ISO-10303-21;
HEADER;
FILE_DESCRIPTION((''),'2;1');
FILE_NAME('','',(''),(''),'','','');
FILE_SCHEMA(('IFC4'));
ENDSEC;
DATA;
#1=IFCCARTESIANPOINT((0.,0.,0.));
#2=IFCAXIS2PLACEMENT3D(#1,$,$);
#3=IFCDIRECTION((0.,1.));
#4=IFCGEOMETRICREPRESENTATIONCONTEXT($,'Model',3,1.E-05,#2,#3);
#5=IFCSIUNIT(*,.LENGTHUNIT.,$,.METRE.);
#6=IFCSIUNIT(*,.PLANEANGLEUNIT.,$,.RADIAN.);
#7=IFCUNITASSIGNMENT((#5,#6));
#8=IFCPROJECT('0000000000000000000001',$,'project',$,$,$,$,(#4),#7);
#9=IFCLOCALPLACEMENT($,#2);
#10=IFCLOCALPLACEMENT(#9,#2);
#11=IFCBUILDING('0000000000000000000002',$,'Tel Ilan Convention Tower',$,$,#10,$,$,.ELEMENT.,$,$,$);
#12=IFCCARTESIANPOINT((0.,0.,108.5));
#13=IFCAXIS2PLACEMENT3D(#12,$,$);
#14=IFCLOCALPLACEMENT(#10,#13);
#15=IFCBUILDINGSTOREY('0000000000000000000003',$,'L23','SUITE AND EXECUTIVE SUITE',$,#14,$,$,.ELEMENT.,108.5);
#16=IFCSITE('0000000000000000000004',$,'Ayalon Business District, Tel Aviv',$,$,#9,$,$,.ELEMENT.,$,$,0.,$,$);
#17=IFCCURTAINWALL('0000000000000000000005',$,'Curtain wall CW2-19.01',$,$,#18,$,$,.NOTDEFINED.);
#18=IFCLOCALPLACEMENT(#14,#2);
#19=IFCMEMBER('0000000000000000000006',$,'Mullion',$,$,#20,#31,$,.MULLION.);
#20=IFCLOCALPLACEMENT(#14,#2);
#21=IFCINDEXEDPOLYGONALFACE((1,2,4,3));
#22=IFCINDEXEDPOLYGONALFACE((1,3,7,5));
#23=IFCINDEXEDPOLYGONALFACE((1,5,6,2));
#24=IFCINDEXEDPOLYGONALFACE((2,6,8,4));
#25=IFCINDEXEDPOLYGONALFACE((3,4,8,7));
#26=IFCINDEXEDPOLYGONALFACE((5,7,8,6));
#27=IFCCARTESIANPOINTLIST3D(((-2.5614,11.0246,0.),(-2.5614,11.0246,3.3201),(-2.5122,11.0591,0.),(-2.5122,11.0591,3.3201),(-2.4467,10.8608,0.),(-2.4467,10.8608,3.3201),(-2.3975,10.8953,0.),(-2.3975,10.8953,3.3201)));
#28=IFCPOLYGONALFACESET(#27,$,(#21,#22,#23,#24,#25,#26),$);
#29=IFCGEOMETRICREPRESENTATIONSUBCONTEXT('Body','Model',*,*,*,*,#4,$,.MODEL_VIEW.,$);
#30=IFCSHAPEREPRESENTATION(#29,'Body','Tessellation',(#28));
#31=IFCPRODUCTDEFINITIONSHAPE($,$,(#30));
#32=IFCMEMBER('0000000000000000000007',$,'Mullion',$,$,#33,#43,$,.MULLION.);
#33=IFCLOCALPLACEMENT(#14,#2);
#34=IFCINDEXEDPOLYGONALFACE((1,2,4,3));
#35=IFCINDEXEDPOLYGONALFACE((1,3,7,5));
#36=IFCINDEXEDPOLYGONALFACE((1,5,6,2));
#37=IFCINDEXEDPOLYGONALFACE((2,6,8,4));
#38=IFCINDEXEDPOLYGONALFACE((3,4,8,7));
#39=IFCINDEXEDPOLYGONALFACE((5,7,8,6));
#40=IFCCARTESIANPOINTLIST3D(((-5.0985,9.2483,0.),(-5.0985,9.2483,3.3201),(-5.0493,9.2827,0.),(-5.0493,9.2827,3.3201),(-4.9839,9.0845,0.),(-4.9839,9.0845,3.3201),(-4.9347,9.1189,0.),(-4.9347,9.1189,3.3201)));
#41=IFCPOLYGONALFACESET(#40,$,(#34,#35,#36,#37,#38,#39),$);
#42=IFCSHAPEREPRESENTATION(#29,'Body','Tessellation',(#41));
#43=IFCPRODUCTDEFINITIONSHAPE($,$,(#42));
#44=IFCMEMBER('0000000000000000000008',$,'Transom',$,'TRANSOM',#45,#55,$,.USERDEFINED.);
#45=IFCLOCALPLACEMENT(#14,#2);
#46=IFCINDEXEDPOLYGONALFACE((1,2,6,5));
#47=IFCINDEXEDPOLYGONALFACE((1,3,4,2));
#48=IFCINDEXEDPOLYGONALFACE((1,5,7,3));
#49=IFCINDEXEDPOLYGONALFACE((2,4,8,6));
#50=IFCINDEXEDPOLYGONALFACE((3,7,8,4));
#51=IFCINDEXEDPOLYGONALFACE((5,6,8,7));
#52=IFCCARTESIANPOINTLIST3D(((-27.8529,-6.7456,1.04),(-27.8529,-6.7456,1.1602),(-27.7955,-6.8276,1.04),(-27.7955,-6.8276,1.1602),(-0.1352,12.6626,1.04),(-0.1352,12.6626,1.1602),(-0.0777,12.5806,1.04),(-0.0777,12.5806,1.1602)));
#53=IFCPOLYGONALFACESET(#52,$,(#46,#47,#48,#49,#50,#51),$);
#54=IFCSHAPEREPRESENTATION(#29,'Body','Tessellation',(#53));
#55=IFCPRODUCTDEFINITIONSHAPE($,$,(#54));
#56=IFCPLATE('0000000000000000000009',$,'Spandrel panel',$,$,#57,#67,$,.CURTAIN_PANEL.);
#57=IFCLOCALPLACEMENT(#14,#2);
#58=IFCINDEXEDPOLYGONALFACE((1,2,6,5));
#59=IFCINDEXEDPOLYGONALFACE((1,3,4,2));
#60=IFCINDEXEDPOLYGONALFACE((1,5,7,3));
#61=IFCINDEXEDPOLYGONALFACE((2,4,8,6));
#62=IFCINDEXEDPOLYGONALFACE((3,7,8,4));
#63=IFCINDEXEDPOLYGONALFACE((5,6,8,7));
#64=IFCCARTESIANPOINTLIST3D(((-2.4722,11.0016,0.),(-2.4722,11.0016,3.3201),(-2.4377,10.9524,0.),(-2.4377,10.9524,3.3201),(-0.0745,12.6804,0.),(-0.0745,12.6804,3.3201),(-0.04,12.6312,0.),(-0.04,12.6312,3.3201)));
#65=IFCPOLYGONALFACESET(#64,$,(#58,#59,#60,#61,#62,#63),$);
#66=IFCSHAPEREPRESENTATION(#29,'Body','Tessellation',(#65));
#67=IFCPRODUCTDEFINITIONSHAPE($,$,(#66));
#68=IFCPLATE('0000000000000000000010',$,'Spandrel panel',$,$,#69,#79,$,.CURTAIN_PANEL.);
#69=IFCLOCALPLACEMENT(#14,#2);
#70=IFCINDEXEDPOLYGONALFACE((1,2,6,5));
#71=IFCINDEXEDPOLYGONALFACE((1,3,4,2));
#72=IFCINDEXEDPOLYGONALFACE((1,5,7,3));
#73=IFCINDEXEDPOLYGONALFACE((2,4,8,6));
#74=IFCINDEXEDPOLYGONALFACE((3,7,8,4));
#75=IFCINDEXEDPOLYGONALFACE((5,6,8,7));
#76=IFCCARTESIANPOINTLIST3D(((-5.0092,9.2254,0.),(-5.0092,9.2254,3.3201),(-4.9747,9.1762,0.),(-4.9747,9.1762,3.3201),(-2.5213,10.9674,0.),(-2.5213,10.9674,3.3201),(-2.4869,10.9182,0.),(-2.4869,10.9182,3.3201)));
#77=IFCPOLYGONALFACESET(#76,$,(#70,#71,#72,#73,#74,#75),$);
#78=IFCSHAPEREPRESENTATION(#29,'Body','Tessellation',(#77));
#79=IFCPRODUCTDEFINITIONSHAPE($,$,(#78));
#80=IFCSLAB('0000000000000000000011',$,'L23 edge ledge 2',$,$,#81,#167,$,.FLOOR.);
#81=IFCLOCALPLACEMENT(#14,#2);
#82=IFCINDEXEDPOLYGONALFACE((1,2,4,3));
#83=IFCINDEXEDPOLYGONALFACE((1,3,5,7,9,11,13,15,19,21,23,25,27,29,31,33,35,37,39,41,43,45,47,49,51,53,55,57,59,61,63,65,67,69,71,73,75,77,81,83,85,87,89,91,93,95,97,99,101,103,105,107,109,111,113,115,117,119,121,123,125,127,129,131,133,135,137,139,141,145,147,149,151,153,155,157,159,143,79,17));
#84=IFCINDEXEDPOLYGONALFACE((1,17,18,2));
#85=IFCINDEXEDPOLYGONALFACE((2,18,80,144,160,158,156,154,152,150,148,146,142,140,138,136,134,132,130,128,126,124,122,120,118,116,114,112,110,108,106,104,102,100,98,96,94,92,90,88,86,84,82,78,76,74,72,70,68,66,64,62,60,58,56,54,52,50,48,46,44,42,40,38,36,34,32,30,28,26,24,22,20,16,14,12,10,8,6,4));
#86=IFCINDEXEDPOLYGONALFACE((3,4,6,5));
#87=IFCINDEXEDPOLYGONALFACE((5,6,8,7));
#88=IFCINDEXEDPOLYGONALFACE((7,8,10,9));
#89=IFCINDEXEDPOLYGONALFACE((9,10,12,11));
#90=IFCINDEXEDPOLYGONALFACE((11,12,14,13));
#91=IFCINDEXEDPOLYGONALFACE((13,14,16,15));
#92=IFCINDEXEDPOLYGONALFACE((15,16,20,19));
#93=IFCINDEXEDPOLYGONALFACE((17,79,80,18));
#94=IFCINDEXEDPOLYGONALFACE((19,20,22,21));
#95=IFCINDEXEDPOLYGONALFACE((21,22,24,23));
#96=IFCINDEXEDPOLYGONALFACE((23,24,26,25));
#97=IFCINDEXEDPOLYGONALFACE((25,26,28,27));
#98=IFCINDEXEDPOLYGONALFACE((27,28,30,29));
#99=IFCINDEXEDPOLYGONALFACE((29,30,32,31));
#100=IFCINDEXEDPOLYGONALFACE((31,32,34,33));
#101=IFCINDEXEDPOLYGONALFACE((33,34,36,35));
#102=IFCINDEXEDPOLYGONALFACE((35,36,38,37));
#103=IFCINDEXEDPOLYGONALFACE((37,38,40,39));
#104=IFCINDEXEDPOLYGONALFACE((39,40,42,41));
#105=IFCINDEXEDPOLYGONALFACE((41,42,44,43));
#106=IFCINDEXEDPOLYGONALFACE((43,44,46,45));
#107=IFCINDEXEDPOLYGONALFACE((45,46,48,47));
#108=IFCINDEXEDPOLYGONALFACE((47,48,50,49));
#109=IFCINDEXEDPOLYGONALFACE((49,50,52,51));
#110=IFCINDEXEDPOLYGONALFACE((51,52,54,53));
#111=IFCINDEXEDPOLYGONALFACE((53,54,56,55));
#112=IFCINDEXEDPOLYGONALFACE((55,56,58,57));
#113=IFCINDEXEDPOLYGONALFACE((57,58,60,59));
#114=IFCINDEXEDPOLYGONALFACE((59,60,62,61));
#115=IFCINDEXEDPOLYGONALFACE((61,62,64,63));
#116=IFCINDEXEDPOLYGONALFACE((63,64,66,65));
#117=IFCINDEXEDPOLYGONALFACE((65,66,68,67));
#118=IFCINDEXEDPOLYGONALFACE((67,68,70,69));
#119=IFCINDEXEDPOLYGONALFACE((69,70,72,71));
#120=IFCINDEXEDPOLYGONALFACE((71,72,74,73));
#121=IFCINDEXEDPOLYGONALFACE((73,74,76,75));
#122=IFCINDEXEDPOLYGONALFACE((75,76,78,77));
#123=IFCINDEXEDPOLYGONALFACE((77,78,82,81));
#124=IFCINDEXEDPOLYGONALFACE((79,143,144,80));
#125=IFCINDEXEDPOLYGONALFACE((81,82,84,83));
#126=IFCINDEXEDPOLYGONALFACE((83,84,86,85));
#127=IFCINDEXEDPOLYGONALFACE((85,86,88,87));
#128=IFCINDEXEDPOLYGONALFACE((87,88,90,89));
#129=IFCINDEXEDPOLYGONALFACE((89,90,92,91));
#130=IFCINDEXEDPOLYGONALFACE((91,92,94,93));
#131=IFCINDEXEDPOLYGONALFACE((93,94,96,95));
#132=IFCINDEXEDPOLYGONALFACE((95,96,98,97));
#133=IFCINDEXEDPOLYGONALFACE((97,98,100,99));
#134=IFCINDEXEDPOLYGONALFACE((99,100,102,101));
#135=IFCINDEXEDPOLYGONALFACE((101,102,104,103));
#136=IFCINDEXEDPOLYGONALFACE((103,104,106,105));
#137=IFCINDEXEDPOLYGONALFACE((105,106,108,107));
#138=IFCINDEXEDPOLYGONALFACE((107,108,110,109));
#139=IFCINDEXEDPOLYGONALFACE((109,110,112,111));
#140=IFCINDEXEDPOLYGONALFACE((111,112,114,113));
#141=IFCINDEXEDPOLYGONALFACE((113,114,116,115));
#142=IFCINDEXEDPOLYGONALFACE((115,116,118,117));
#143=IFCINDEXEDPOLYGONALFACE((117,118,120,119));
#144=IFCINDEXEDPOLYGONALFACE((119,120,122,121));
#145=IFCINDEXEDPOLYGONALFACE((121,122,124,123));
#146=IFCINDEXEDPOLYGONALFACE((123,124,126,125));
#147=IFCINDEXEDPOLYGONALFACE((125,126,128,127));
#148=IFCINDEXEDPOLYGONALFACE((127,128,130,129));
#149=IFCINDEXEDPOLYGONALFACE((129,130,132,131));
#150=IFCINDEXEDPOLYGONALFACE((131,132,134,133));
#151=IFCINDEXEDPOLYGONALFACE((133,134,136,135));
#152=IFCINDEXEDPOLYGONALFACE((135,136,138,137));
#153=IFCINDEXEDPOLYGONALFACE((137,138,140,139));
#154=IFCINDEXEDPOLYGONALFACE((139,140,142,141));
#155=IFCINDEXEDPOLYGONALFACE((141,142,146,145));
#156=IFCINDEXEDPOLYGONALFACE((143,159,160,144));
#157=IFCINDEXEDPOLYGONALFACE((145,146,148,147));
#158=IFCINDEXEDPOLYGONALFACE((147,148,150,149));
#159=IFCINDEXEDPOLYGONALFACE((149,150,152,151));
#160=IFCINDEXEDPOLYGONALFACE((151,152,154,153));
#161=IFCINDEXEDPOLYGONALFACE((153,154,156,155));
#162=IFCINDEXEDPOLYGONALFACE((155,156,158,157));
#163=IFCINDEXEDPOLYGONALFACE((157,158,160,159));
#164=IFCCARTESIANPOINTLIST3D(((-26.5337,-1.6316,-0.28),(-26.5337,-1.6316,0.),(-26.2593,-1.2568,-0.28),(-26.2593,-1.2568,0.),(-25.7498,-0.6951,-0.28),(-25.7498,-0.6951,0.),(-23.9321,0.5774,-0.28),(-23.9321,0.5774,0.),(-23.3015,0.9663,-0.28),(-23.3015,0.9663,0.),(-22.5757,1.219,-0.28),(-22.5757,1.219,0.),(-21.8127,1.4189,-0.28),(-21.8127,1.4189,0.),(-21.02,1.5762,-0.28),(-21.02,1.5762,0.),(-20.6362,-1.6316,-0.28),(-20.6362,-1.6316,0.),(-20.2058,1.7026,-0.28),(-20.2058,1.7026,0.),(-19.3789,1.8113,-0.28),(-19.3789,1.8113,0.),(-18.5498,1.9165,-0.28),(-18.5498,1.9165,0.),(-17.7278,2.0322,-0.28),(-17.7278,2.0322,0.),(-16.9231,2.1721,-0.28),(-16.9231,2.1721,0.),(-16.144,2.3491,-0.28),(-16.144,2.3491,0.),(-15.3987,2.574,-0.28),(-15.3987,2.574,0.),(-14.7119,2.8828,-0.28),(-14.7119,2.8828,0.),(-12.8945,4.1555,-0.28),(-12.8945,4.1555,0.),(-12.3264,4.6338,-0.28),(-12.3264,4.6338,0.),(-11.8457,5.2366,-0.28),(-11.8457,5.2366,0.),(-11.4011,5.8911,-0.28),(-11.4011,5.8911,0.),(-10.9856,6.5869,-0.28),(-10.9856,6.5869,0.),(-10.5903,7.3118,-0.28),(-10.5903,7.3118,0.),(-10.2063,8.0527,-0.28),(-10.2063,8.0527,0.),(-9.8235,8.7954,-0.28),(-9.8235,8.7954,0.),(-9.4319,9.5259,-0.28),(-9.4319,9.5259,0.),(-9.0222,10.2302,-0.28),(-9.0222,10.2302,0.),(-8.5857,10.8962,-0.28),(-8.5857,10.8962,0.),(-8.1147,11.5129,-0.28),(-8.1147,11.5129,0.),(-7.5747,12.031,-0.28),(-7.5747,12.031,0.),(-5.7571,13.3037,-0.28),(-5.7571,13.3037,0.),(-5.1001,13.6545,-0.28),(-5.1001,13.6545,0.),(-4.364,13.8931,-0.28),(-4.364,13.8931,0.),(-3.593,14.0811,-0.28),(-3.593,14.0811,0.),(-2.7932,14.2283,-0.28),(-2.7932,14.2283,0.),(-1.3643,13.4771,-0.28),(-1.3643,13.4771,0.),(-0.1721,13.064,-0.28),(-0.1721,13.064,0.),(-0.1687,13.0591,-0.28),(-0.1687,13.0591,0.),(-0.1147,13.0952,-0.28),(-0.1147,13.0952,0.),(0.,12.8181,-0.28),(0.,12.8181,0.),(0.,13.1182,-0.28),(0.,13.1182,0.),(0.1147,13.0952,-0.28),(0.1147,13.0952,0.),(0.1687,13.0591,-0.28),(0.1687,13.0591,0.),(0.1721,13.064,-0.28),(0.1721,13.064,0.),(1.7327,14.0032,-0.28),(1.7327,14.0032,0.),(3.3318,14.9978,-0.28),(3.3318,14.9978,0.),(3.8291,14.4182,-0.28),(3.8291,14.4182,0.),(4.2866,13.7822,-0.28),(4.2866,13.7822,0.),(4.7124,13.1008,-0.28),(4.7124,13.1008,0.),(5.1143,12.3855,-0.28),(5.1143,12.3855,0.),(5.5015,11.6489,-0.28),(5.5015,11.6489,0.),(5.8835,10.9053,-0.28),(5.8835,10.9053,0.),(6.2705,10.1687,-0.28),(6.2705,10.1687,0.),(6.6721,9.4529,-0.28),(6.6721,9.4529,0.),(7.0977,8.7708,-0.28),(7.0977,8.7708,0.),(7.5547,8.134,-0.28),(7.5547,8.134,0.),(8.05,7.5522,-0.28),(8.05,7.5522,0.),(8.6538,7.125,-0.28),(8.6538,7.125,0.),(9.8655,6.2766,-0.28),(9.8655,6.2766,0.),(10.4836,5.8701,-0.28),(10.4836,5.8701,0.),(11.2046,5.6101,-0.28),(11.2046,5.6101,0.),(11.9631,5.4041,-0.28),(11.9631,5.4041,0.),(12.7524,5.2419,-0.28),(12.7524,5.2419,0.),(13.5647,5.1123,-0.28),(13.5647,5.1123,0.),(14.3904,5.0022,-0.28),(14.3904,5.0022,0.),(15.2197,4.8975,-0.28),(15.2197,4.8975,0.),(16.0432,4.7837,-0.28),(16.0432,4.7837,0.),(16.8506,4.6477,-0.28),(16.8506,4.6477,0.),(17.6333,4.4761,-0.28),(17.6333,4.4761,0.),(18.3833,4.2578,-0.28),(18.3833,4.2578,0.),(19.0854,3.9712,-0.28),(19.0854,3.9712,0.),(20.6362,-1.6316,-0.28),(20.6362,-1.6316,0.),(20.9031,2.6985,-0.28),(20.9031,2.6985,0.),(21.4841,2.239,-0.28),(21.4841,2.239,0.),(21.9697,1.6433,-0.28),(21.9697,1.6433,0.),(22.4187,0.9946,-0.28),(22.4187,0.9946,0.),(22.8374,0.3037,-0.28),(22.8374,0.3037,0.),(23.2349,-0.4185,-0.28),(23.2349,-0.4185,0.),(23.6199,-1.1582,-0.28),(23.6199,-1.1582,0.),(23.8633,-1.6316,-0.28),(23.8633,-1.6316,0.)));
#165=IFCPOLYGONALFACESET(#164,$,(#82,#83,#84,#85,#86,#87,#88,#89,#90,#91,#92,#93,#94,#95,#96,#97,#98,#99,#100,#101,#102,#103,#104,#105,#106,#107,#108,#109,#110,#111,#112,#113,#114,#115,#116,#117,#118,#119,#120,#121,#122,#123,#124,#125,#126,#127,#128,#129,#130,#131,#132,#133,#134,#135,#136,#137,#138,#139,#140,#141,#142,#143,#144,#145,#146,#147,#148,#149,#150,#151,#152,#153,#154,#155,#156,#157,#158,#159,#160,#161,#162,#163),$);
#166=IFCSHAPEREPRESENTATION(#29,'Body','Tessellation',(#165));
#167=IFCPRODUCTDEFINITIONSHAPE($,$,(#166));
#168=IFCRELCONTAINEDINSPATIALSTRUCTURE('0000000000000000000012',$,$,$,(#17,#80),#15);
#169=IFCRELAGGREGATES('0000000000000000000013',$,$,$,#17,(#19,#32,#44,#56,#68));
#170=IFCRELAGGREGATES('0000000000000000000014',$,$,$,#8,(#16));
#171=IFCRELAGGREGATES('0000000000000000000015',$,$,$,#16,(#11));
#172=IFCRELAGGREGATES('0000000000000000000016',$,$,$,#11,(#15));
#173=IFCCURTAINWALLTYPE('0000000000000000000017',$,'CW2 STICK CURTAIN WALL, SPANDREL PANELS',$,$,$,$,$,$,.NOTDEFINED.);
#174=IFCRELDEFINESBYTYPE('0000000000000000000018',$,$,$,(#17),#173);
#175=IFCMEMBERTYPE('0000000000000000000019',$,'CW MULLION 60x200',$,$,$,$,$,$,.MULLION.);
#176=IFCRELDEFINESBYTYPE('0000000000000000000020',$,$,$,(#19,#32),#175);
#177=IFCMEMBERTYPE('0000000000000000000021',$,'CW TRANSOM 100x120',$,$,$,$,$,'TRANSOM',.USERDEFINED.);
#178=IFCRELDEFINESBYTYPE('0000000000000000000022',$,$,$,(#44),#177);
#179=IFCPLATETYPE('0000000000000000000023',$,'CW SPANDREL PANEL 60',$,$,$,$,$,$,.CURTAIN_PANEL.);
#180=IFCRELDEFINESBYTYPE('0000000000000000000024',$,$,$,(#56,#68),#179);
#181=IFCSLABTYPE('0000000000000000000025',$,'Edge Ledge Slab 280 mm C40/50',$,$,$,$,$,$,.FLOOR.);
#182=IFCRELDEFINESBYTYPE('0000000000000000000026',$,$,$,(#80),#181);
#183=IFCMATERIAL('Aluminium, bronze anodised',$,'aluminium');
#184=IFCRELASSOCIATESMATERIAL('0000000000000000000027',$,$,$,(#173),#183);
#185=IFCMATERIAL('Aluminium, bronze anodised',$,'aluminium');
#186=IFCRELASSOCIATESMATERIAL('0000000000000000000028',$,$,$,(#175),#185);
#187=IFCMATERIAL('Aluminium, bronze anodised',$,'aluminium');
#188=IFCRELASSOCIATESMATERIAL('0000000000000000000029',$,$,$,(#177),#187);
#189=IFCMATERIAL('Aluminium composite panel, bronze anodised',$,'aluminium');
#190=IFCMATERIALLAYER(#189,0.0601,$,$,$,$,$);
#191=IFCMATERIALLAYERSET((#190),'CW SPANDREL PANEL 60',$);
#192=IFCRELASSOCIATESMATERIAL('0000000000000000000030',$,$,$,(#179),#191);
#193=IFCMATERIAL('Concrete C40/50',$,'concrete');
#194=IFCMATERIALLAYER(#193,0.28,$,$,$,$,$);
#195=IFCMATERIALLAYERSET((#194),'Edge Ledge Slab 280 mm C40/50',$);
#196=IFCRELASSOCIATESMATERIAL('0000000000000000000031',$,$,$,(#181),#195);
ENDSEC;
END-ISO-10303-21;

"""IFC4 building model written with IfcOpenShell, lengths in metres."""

from ifc_helpers import new_model, si_unit, direction, frame, origin, origin_2d, place, context, subcontext, project, spatial, polyline, rectangle, outline, extrude, material, layer, layer_set, material_profile, profile_set, type_object, element, aggregate, save


model = new_model("IFC4")

# Units and contexts
model_context = context("Model", 3, precision=1e-05, world=origin(), true_north=direction((0.0, 1.0)))
body_context = subcontext(model_context, "Body", "Model", "MODEL_VIEW")
ifc_project = project(units=[si_unit("LENGTHUNIT", "METRE"), si_unit("PLANEANGLEUNIT", "RADIAN")], contexts=[model_context])

# Site, building, storey
site_placement = place(None, origin())
site = spatial("IfcSite", under=ifc_project, at=site_placement, Name="Ayalon Business District, Tel Aviv", CompositionType="ELEMENT", RefElevation=0.0)
building_placement = place(site_placement, origin())
building = spatial("IfcBuilding", under=site, at=building_placement, Name="Tel Ilan Convention Tower", CompositionType="ELEMENT")
storey_placement = place(building_placement, frame((0.0, 0.0, 108.5)))
storey = spatial("IfcBuildingStorey", under=building, at=storey_placement, Name="L23", Description="SUITE AND EXECUTIVE SUITE", CompositionType="ELEMENT", Elevation=108.5)

# Curtain wall, members, plates
ifc_material_1 = material(Name="Aluminium, bronze anodised", Category="aluminium")
curtain_wall_type = type_object("IfcCurtainWallType", Name="CW2 STICK CURTAIN WALL, SPANDREL PANELS", PredefinedType="NOTDEFINED", material=ifc_material_1)
curtain_wall_placement = place(storey_placement, origin())
curtain_wall = element("IfcCurtainWall", 1, at=curtain_wall_placement, inside=storey, type_object=curtain_wall_type, Name="Curtain wall CW2-19.01", PredefinedType="NOTDEFINED")
ifc_material_2 = material(Name="Aluminium, bronze anodised", Category="aluminium")
ifc_material_profile_1 = material_profile(ifc_material_2, rectangle(XDim=0.0601, YDim=0.2, at=origin_2d()), Name="CW MULLION 60x200")
ifc_profile_set_1 = profile_set([ifc_material_profile_1], Name="Aluminium, bronze anodised")
member_type_1 = type_object("IfcMemberType", Name="CW MULLION 60x200", PredefinedType="MULLION", material=ifc_profile_set_1)
member_1_placement = place(storey_placement, frame((-2.4795, 10.96, 0.0), z_axis=(0.0, 0.0, 1.0), x_axis=(-0.819152, -0.573576, 0.0)))
member_1 = element("IfcMember", 2, at=member_1_placement, type_object=member_type_1, Name="Mullion", PredefinedType="MULLION", context=body_context, shape_type="SweptSolid", body=[
    extrude(rectangle(XDim=0.0601, YDim=0.2, at=origin_2d()), origin(), (0.0, 0.0, 1.0), 3.3201),
])
member_2_placement = place(storey_placement, frame((-5.0166, 9.1836, 0.0), z_axis=(0.0, 0.0, 1.0), x_axis=(-0.819152, -0.573576, 0.0)))
member_2 = element("IfcMember", 3, at=member_2_placement, type_object=member_type_1, Name="Mullion", PredefinedType="MULLION", context=body_context, shape_type="SweptSolid", body=[
    extrude(rectangle(XDim=0.0601, YDim=0.2, at=origin_2d()), origin(), (0.0, 0.0, 1.0), 3.3201),
])
ifc_material_3 = material(Name="Aluminium, bronze anodised", Category="aluminium")
ifc_material_profile_2 = material_profile(ifc_material_3, rectangle(XDim=0.1001, YDim=0.1201, at=origin_2d()), Name="CW TRANSOM 100x120")
ifc_profile_set_2 = profile_set([ifc_material_profile_2], Name="Aluminium, bronze anodised")
member_type_2 = type_object("IfcMemberType", Name="CW TRANSOM 100x120", ElementType="TRANSOM", PredefinedType="USERDEFINED", material=ifc_profile_set_2)
member_3_placement = place(storey_placement, frame((-0.1064, 12.6216, 1.1001), z_axis=(-0.819152, -0.573577, 0.0), x_axis=(0.573577, -0.819152, 0.0)))
member_3 = element("IfcMember", 4, at=member_3_placement, type_object=member_type_2, Name="Transom", ObjectType="TRANSOM", PredefinedType="USERDEFINED", context=body_context, shape_type="SweptSolid", body=[
    extrude(rectangle(XDim=0.1001, YDim=0.1201, at=origin_2d()), origin(), (0.0, 0.0, 1.0), 33.8372),
])
ifc_material_4 = material(Name="Aluminium composite panel, bronze anodised", Category="aluminium")
ifc_layer_1 = layer(ifc_material_4, 0.0601)
ifc_layer_set_1 = layer_set([ifc_layer_1], Name="CW SPANDREL PANEL 60")
plate_type = type_object("IfcPlateType", Name="CW SPANDREL PANEL 60", PredefinedType="CURTAIN_PANEL", material=ifc_layer_set_1)
plate_1_placement = place(storey_placement, frame((-1.2561, 11.8164, 0.0), z_axis=(0.0, 0.0, 1.0), x_axis=(-0.819152, -0.573576, 0.0)))
plate_1 = element("IfcPlate", 5, at=plate_1_placement, type_object=plate_type, Name="Spandrel panel", PredefinedType="CURTAIN_PANEL", context=body_context, shape_type="SweptSolid", body=[
    extrude(rectangle(XDim=2.927, YDim=0.0601, at=origin_2d()), origin(), (0.0, 0.0, 1.0), 3.3201),
])
plate_2_placement = place(storey_placement, frame((-3.748, 10.0718, 0.0), z_axis=(0.0, 0.0, 1.0), x_axis=(-0.819152, -0.573576, 0.0)))
plate_2 = element("IfcPlate", 6, at=plate_2_placement, type_object=plate_type, Name="Spandrel panel", PredefinedType="CURTAIN_PANEL", context=body_context, shape_type="SweptSolid", body=[
    extrude(rectangle(XDim=3.0371, YDim=0.0601, at=origin_2d()), origin(), (0.0, 0.0, 1.0), 3.3201),
])
aggregate(curtain_wall, [member_1, member_2, member_3, plate_1, plate_2])

# Slab
ifc_material_5 = material(Name="Concrete C40/50", Category="concrete")
ifc_layer_2 = layer(ifc_material_5, 0.28)
ifc_layer_set_2 = layer_set([ifc_layer_2], Name="Edge Ledge Slab 280 mm C40/50")
slab_type_1 = type_object("IfcSlabType", Name="Edge Ledge Slab 280 mm C40/50", PredefinedType="FLOOR", material=ifc_layer_set_2)
slab_1_placement = place(storey_placement, frame((0.0, 0.0, -0.28)))
element("IfcSlab", 7, at=slab_1_placement, inside=storey, type_object=slab_type_1, Name="L23 edge ledge 2", PredefinedType="FLOOR", context=body_context, shape_type="SweptSolid", body=[
    extrude(outline(polyline([(-23.3015, 0.9663), (-22.5757, 1.219), (-21.8127, 1.4189), (-21.02, 1.5762), (-20.2058, 1.7026), (-19.3789, 1.8113), (-18.5498, 1.9165), (-17.7278, 2.0322), (-16.9231, 2.1721), (-16.144, 2.3491), (-15.3987, 2.574), (-14.7119, 2.8828), (-12.8945, 4.1555), (-12.3264, 4.6338), (-11.8457, 5.2366), (-11.4011, 5.8911), (-10.9856, 6.5869), (-10.5903, 7.3118), (-10.2063, 8.0527), (-9.8235, 8.7954), (-9.4319, 9.5259), (-9.0222, 10.2302), (-8.5857, 10.8962), (-8.1147, 11.5129), (-7.5747, 12.031), (-5.7571, 13.3037), (-5.1001, 13.6545), (-4.364, 13.8931), (-3.593, 14.0811), (-2.7932, 14.2283), (-1.3643, 13.4771), (-0.1721, 13.064), (-0.1687, 13.0591), (-0.1147, 13.0952), (0.0, 13.1182), (0.1147, 13.0952), (0.1687, 13.0591), (0.1721, 13.064), (1.7327, 14.0032), (3.3318, 14.9978), (3.8291, 14.4182), (4.2866, 13.7822), (4.7124, 13.1008), (5.1143, 12.3855), (5.5015, 11.6489), (5.8835, 10.9053), (6.2705, 10.1687), (6.6721, 9.4529), (7.0977, 8.7708), (7.5547, 8.134), (8.05, 7.5522), (8.6538, 7.125), (9.8655, 6.2766), (10.4836, 5.8701), (11.2046, 5.6101), (11.9631, 5.4041), (12.7524, 5.2419), (13.5647, 5.1123), (14.3904, 5.0022), (15.2197, 4.8975), (16.0432, 4.7837), (16.8506, 4.6477), (17.6333, 4.4761), (18.3833, 4.2578), (19.0854, 3.9712), (20.9031, 2.6985), (21.4841, 2.239), (21.9697, 1.6433), (22.4187, 0.9946), (22.8374, 0.3037), (23.2349, -0.4185), (23.6199, -1.1582), (23.8633, -1.6316), (20.6362, -1.6316), (0.0, 12.8181), (-20.6362, -1.6316), (-26.5337, -1.6316), (-26.2593, -1.2568), (-25.7498, -0.6951), (-23.9321, 0.5774), (-23.3015, 0.9663)])), origin(), (0.0, 0.0, 1.0), 0.28),
])

save(model, "model.ifc")
